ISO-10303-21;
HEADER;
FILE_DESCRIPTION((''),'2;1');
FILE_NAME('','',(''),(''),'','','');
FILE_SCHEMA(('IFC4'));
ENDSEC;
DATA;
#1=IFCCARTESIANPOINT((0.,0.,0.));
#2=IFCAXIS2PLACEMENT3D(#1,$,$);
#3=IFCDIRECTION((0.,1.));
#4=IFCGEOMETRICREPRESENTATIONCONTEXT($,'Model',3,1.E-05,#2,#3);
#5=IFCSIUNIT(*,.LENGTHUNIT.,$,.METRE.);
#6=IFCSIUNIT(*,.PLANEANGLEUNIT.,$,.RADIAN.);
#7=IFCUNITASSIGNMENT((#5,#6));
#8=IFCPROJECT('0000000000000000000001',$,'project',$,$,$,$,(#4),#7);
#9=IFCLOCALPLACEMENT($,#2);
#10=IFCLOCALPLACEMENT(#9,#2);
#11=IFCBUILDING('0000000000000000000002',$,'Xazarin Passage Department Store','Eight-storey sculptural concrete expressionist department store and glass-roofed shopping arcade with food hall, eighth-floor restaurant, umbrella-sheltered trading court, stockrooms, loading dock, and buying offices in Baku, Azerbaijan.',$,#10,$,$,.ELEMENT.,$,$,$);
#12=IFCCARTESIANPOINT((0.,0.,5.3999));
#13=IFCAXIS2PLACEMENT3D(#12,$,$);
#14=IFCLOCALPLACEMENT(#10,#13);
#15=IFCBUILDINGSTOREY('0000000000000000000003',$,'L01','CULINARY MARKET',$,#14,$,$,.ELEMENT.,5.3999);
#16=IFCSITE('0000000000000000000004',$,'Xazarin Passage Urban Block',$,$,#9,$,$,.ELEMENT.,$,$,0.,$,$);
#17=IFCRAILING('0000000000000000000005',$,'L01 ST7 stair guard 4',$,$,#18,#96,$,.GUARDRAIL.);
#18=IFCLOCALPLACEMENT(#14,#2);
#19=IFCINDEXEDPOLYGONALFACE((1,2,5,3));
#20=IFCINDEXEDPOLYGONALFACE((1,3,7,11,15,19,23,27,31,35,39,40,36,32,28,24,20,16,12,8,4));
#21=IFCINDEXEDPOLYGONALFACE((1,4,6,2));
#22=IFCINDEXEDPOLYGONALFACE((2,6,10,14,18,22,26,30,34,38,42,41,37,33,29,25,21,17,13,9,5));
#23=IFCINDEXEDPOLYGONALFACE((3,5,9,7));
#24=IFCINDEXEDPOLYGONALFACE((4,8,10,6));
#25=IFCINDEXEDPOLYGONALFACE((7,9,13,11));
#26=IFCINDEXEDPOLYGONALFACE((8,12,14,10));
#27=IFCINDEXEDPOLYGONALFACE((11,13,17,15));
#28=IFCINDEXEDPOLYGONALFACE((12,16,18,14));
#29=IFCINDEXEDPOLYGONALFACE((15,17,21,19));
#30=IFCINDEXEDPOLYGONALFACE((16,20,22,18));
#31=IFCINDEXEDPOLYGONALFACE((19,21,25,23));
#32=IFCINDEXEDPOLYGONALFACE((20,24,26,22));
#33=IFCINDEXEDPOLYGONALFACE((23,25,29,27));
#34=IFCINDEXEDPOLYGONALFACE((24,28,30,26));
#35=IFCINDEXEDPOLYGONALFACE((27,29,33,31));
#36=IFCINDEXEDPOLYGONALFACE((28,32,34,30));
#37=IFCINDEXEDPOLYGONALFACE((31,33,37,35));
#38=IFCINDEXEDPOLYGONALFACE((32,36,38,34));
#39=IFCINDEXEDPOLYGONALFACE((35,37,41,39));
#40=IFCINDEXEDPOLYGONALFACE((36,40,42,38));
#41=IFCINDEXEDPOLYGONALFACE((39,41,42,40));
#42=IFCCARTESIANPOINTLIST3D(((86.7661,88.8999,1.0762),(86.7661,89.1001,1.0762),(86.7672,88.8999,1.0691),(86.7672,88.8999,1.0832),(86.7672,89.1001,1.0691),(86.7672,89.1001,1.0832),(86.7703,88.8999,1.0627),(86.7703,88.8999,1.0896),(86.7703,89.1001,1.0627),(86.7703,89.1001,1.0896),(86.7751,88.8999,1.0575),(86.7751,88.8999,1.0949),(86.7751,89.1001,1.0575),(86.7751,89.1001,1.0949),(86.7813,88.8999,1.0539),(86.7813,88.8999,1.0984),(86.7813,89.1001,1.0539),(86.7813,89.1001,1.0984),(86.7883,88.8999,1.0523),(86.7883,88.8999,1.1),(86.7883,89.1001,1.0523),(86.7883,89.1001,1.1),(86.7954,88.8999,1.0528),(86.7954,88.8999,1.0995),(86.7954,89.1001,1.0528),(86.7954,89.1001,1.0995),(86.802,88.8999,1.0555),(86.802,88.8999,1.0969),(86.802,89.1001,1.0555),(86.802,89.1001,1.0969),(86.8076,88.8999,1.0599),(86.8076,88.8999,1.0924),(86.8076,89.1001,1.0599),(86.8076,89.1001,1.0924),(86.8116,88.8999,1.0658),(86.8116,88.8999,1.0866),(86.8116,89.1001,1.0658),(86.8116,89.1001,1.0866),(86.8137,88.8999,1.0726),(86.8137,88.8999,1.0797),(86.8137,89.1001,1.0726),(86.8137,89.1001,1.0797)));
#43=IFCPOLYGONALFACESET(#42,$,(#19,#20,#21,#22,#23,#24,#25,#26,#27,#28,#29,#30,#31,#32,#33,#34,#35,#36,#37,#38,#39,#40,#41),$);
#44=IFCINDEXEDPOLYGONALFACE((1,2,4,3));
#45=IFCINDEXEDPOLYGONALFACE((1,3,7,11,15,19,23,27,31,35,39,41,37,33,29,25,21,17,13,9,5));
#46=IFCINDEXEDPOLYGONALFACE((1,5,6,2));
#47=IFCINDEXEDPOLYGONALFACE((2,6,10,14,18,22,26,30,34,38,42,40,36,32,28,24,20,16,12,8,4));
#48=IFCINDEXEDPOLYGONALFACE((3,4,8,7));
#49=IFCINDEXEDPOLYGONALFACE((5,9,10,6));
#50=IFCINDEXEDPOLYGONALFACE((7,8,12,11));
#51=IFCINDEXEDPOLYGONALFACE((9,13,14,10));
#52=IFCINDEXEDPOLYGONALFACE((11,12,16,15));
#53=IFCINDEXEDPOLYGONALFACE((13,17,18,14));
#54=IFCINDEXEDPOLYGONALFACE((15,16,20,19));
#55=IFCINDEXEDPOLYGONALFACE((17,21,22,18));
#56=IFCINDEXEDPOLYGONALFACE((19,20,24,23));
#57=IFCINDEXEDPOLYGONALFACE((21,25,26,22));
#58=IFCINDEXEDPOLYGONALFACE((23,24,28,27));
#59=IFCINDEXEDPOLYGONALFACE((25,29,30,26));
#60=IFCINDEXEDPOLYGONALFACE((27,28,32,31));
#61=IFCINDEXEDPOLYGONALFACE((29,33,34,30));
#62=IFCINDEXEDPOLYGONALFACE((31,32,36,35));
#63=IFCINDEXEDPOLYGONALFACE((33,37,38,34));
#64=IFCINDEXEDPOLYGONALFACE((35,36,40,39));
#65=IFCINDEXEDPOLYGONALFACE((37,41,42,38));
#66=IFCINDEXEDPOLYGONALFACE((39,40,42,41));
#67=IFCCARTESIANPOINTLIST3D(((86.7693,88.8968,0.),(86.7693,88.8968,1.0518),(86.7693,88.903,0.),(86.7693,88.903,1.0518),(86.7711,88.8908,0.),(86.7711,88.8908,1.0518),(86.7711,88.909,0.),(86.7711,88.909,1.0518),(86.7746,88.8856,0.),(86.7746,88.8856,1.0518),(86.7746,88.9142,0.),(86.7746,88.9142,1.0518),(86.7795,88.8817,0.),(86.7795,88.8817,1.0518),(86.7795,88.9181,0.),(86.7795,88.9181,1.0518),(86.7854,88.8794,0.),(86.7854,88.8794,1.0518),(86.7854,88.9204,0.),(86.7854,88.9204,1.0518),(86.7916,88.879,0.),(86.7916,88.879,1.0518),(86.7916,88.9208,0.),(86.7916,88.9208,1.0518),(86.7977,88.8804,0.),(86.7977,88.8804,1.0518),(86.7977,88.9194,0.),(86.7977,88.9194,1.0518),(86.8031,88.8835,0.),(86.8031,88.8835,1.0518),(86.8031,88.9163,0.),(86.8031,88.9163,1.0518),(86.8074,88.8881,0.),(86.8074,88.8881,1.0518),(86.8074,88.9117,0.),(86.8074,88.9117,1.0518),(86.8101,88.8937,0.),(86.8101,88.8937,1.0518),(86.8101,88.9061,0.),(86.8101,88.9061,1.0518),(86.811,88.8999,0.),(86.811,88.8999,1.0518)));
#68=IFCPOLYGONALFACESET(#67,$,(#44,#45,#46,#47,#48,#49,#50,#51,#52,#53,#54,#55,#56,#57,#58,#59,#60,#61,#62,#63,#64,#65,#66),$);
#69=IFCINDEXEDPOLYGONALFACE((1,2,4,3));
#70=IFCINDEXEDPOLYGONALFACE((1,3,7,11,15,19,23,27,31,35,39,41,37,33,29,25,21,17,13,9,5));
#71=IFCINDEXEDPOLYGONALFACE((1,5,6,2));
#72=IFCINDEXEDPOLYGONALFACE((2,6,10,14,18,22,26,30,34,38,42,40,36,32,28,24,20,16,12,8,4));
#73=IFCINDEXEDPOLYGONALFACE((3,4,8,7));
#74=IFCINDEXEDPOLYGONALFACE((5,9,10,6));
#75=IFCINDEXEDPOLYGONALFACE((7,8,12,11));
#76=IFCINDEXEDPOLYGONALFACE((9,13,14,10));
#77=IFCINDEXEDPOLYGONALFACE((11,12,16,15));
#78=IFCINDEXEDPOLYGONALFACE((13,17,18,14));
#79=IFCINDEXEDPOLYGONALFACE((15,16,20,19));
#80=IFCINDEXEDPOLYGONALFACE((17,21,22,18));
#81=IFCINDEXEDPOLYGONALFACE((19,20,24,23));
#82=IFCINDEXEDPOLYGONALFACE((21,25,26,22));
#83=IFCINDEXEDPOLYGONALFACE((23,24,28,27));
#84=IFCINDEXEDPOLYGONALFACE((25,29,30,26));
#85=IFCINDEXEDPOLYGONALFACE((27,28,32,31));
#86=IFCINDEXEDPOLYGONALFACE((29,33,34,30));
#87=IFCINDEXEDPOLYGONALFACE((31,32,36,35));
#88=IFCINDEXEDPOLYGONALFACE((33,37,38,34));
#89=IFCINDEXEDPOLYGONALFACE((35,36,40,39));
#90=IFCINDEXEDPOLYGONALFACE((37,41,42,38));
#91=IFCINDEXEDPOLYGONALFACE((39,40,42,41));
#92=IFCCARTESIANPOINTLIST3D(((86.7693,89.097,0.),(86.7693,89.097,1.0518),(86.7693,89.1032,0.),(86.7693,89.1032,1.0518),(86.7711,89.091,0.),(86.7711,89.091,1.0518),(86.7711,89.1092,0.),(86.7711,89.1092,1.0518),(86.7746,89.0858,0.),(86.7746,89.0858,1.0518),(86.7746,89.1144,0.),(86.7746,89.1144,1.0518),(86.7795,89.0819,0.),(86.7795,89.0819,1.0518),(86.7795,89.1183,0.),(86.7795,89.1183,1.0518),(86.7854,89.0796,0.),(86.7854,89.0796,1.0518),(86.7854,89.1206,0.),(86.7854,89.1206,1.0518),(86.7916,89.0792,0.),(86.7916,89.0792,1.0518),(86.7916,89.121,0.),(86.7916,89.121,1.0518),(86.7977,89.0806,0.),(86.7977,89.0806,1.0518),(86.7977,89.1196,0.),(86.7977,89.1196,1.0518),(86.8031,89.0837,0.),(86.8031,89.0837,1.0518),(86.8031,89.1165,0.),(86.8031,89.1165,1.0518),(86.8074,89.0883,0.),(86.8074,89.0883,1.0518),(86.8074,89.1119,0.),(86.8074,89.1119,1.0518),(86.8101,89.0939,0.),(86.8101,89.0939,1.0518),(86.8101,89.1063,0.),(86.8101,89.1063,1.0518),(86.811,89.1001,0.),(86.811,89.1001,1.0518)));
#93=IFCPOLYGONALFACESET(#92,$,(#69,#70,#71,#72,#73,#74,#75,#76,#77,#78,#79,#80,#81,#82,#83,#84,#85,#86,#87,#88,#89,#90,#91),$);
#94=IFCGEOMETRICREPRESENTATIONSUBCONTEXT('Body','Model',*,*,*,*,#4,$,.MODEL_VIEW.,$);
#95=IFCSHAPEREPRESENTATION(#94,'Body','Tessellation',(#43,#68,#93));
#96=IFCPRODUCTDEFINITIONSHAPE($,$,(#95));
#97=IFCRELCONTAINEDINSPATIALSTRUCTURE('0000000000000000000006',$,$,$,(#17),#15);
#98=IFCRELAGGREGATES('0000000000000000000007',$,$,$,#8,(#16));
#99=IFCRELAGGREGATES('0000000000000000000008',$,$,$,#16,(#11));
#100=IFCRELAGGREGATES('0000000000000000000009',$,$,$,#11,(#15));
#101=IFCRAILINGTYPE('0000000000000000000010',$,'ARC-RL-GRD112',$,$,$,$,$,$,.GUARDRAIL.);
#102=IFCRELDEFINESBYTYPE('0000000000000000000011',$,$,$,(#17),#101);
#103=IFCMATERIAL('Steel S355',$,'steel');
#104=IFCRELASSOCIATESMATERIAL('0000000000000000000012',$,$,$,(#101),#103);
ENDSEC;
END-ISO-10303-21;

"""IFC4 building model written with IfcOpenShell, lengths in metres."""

from ifc_helpers import new_model, si_unit, direction, frame, origin, origin_2d, place, context, subcontext, project, spatial, circle, extrude, material, type_object, element, save


model = new_model("IFC4")

# Units and contexts
model_context = context("Model", 3, precision=1e-05, world=origin(), true_north=direction((0.0, 1.0)))
body_context = subcontext(model_context, "Body", "Model", "MODEL_VIEW")
ifc_project = project(units=[si_unit("LENGTHUNIT", "METRE"), si_unit("PLANEANGLEUNIT", "RADIAN")], contexts=[model_context])

# Site, building, storey
site_placement = place(None, origin())
site = spatial("IfcSite", under=ifc_project, at=site_placement, Name="Xazarin Passage Urban Block", CompositionType="ELEMENT", RefElevation=0.0)
building_placement = place(site_placement, origin())
building = spatial("IfcBuilding", under=site, at=building_placement, Name="Xazarin Passage Department Store", Description="Eight-storey sculptural concrete expressionist department store and glass-roofed shopping arcade with food hall, eighth-floor restaurant, umbrella-sheltered trading court, stockrooms, loading dock, and buying offices in Baku, Azerbaijan.", CompositionType="ELEMENT")
storey_placement = place(building_placement, frame((0.0, 0.0, 5.3999)))
storey = spatial("IfcBuildingStorey", under=building, at=storey_placement, Name="L01", Description="CULINARY MARKET", CompositionType="ELEMENT", Elevation=5.3999)

# Shared definitions
ifc_material_1 = material(Name="Steel S355", Category="steel")

# Railing
railing_type_1 = type_object("IfcRailingType", Name="ARC-RL-GRD112", PredefinedType="GUARDRAIL", material=ifc_material_1)
railing_1_placement = place(storey_placement, frame((86.79, 88.8999, 0.0)))
element("IfcRailing", 1, at=railing_1_placement, inside=storey, type_object=railing_type_1, Name="L01 ST7 stair guard 4", PredefinedType="GUARDRAIL", context=body_context, shape_type="SweptSolid", body=[
    extrude(circle(Radius=0.0239, at=origin_2d()), frame((0.0, 0.0, 1.0762), z_axis=(0.0, 1.0, 0.0), x_axis=(-1.0, 0.0, 0.0)), (0.0, 0.0, 1.0), 0.2002),
    extrude(circle(Radius=0.021, at=origin_2d()), origin(), (0.0, 0.0, 1.0), 1.0518),
    extrude(circle(Radius=0.021, at=origin_2d()), frame((0.0, 0.2002, 0.0)), (0.0, 0.0, 1.0), 1.0518),
])

save(model, "model.ifc")
